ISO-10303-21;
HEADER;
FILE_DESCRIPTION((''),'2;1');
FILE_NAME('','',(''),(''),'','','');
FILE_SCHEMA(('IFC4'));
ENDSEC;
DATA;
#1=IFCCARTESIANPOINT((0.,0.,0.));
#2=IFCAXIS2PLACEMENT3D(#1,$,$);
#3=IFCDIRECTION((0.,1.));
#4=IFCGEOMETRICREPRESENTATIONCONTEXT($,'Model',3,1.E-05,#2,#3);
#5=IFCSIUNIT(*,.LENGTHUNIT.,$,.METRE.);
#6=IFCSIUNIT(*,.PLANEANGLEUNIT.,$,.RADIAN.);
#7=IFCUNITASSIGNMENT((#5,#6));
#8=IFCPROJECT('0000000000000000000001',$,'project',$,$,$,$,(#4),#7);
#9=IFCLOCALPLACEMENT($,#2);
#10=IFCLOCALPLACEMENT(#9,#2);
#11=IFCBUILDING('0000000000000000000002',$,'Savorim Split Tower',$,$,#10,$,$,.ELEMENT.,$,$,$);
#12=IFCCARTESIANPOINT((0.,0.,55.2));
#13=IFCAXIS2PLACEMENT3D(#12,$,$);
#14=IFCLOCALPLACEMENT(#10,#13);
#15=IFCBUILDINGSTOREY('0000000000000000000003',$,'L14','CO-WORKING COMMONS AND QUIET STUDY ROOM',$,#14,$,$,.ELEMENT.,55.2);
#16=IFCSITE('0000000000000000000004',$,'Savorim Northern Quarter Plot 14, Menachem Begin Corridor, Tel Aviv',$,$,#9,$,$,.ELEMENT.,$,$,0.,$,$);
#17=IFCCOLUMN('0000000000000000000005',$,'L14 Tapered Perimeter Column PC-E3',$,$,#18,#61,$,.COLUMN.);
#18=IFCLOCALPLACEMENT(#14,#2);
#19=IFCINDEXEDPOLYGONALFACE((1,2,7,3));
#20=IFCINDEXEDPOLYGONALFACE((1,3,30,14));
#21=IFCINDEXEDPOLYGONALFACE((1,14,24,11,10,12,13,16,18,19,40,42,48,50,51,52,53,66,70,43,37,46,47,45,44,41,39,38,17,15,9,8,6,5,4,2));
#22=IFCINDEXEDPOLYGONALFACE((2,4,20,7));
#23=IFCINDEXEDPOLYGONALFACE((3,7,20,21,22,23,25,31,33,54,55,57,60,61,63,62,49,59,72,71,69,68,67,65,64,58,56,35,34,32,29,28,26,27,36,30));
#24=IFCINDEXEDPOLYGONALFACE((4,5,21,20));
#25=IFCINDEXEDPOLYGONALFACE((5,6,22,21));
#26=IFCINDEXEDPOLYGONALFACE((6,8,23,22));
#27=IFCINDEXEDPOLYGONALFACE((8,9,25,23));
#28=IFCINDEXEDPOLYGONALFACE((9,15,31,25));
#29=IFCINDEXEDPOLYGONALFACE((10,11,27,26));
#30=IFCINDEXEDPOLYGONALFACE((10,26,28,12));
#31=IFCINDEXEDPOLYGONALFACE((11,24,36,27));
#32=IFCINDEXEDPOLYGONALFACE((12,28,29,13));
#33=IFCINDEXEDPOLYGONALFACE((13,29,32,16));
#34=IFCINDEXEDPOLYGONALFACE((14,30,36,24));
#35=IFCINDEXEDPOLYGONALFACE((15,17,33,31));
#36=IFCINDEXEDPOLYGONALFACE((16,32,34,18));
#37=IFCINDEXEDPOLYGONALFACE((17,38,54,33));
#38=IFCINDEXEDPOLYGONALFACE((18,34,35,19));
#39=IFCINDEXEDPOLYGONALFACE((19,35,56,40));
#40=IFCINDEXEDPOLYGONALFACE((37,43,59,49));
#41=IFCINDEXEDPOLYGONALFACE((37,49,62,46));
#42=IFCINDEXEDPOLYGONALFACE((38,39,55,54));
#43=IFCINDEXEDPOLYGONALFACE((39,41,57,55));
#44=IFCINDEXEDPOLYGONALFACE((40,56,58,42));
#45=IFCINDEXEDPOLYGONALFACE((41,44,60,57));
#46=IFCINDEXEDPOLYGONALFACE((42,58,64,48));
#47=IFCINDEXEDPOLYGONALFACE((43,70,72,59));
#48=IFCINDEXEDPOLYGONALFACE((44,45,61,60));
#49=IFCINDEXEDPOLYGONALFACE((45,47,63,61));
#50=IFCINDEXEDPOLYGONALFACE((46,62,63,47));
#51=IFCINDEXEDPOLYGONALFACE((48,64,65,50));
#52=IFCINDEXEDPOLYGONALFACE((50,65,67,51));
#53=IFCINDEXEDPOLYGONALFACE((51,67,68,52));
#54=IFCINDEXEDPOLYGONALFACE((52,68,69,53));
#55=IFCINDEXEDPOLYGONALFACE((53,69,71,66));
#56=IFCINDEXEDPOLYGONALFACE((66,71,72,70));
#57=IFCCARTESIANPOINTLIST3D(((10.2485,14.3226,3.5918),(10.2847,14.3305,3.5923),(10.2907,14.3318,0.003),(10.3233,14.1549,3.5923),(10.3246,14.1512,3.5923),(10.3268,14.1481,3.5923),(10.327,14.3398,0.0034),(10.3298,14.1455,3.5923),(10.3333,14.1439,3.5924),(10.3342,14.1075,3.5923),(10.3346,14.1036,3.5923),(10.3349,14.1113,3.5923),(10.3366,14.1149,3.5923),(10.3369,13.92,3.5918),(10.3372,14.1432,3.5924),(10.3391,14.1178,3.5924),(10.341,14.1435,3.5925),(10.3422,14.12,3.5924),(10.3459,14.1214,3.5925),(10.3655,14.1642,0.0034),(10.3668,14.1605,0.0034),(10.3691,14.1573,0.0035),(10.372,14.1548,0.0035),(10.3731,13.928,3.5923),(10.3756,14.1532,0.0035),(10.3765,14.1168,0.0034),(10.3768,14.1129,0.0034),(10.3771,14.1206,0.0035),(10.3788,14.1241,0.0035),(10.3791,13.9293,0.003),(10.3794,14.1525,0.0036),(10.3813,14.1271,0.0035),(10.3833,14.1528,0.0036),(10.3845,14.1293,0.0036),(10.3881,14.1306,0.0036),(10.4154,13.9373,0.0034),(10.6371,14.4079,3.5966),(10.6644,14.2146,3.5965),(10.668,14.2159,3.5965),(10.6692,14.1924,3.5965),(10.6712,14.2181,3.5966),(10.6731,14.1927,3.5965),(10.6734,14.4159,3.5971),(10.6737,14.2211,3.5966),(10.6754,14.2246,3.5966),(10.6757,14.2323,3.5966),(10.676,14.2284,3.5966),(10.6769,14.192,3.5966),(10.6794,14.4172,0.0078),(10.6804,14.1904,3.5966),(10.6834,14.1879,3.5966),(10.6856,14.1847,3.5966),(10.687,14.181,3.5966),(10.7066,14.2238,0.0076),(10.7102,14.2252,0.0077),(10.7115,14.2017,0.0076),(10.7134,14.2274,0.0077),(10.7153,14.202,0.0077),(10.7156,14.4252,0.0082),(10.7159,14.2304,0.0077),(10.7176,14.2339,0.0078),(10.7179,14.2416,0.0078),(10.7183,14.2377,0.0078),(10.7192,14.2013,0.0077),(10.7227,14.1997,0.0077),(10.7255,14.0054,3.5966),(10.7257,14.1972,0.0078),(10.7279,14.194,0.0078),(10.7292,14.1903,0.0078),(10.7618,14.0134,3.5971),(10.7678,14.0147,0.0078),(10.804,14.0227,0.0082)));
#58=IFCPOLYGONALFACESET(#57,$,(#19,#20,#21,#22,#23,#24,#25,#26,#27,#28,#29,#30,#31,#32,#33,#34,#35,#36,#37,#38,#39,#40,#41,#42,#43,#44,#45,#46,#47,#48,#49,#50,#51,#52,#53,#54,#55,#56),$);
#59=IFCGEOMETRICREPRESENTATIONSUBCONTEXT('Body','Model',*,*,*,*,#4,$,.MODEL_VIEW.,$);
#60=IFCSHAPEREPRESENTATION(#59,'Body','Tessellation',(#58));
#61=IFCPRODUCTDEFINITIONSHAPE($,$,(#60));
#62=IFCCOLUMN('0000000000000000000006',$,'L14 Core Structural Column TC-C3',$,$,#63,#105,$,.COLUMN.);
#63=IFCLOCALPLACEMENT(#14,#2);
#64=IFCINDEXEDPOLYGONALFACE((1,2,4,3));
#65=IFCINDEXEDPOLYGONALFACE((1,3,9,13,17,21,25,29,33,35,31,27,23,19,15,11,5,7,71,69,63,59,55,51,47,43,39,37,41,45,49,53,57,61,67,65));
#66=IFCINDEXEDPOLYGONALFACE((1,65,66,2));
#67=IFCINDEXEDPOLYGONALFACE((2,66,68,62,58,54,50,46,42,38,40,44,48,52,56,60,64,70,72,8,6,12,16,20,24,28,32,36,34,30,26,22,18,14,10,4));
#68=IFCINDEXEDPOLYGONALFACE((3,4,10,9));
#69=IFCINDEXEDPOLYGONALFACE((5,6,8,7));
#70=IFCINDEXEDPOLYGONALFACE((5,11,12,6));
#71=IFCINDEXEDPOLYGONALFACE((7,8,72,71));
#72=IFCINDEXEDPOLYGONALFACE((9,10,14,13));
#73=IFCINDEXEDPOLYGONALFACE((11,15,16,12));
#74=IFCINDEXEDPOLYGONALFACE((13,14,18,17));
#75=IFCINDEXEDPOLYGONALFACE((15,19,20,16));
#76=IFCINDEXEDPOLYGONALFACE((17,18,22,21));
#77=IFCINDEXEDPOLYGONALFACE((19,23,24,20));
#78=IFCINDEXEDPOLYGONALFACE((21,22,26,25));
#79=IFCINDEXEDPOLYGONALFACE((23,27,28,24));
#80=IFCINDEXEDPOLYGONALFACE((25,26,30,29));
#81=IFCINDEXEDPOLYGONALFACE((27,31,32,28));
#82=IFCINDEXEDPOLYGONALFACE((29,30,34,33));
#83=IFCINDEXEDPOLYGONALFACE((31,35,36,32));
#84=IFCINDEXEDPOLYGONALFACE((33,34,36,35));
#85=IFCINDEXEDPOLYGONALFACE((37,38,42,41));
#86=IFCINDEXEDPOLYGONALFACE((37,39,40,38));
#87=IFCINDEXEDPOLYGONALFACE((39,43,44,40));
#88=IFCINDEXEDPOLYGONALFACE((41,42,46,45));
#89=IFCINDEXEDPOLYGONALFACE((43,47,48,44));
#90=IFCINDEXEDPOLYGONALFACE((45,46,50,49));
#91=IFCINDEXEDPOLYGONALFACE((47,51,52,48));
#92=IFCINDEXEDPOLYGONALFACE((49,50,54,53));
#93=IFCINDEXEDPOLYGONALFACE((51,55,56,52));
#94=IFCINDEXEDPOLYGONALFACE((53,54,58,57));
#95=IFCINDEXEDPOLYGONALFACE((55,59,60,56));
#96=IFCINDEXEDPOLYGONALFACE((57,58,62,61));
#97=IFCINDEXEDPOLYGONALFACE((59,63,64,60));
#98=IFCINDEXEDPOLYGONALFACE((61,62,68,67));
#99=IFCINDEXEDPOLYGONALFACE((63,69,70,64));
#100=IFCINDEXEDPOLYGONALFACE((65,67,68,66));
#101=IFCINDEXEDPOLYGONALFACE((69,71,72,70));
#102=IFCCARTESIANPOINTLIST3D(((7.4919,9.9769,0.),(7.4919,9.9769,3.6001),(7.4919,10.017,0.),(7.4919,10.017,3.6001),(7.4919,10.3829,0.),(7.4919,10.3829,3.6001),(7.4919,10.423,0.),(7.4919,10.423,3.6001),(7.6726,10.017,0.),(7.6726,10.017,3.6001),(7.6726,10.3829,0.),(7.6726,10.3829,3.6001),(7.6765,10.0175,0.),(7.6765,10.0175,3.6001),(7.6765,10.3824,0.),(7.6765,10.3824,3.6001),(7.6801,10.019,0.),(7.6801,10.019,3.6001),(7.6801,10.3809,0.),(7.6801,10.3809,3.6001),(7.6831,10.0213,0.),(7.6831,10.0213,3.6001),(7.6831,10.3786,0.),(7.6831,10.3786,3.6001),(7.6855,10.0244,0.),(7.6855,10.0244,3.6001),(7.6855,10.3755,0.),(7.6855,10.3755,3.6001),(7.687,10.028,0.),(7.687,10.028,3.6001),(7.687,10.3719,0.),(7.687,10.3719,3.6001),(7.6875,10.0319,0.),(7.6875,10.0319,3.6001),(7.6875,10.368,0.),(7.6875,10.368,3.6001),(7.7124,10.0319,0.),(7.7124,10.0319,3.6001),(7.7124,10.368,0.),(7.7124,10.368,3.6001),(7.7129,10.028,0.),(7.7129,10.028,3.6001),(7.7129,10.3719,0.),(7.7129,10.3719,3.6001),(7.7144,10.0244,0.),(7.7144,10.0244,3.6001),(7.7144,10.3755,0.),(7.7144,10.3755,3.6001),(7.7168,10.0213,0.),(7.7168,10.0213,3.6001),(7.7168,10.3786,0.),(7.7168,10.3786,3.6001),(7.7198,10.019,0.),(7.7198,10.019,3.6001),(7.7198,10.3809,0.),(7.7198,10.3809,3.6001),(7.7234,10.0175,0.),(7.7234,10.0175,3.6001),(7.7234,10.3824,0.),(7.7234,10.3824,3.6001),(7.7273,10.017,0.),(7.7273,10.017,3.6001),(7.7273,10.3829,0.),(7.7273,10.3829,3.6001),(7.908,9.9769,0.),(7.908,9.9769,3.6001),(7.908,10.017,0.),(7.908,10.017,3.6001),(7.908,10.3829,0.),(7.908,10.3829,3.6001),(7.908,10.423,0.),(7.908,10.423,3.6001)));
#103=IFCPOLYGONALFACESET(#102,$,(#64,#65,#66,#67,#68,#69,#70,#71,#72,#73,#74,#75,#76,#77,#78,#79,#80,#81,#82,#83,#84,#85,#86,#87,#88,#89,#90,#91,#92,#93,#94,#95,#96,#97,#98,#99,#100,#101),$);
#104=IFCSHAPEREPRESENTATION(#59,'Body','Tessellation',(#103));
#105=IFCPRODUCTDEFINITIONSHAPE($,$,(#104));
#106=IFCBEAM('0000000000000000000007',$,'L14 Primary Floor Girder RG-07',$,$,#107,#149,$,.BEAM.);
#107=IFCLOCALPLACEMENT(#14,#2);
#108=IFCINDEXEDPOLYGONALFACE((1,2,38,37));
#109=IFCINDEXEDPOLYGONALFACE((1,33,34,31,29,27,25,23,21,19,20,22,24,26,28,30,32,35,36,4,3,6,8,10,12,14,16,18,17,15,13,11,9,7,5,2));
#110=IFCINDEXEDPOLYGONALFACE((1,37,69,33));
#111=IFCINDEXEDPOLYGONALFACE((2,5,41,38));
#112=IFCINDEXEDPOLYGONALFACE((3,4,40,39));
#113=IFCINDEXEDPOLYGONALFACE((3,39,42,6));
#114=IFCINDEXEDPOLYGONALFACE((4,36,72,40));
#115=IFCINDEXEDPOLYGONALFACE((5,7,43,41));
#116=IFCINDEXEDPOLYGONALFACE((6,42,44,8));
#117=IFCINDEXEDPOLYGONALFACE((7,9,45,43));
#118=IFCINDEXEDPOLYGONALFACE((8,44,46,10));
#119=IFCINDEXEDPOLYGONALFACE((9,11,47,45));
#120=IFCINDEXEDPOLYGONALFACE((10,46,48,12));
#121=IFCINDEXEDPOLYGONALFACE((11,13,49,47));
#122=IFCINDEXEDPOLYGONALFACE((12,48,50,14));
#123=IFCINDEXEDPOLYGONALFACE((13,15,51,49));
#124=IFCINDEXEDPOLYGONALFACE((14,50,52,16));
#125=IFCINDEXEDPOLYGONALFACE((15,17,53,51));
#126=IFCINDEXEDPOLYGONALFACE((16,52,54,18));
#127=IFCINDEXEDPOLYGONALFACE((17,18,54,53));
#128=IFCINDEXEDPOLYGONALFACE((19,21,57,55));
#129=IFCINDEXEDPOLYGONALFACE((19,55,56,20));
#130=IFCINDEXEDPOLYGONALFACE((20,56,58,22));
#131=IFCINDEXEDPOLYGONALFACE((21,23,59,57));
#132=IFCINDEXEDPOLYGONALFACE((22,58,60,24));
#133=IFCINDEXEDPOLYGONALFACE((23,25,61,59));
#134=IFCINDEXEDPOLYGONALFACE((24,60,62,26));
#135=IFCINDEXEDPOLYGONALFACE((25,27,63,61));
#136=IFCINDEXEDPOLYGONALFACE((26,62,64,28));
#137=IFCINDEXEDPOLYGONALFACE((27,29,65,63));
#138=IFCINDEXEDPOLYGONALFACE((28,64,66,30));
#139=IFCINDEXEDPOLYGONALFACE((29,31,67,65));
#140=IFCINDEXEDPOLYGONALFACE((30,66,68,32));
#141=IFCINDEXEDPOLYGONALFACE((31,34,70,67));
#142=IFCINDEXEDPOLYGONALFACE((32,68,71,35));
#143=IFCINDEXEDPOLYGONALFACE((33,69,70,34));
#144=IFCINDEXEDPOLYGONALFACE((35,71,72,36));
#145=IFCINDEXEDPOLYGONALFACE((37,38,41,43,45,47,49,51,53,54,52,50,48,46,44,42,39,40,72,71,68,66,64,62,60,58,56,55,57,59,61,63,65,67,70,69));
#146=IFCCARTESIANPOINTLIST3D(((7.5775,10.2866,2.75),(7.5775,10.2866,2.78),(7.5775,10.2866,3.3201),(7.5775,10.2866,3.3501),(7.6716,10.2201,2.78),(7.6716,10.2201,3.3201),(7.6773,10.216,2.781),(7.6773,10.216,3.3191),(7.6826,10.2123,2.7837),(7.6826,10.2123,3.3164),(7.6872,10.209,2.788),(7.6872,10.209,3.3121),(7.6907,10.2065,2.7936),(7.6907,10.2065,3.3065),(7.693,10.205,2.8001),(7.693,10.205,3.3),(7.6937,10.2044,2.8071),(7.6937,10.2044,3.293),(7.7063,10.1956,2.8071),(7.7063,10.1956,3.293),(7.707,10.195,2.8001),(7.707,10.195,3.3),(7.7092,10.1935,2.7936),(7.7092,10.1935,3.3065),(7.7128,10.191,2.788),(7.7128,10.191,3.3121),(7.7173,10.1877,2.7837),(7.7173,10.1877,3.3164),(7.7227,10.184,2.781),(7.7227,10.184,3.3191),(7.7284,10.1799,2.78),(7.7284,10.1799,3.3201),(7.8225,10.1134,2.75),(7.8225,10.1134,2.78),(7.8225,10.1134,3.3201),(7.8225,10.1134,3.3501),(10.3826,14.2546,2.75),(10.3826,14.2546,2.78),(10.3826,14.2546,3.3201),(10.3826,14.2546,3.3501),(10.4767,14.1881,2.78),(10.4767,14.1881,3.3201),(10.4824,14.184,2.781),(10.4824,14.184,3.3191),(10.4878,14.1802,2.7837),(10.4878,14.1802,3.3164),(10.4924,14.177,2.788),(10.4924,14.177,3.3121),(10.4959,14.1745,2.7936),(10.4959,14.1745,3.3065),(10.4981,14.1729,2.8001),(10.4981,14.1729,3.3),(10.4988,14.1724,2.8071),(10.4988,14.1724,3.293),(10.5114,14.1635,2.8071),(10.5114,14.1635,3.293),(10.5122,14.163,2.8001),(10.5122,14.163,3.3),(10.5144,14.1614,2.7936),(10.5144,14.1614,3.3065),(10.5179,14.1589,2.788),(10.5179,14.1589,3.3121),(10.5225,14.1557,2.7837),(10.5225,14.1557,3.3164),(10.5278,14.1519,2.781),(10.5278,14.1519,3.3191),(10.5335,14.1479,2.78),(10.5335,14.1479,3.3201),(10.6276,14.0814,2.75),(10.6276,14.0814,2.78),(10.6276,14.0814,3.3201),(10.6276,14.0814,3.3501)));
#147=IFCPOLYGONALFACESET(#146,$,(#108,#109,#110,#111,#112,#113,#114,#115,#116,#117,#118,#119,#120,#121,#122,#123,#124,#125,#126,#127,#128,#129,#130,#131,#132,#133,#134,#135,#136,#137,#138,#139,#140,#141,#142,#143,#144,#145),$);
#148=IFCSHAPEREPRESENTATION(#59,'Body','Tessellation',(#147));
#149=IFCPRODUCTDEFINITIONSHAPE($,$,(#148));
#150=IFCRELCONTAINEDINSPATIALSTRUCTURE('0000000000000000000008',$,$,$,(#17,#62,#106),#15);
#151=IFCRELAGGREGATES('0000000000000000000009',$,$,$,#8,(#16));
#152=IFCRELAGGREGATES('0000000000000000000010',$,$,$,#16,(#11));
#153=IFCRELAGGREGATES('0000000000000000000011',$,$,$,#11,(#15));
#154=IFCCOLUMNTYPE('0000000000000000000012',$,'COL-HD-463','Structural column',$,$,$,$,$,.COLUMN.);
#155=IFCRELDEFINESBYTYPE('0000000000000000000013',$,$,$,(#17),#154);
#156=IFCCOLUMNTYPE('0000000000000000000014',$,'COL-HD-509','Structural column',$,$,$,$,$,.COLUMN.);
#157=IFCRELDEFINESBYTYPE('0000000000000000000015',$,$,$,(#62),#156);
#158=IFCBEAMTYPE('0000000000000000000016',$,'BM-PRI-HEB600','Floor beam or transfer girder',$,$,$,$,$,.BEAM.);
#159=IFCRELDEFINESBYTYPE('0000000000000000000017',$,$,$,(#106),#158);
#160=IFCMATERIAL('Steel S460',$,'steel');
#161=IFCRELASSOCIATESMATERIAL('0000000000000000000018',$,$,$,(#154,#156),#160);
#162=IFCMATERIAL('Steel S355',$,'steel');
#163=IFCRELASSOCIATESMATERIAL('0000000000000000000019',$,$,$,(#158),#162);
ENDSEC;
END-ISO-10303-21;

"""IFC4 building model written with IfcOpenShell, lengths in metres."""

from ifc_helpers import new_model, si_unit, direction, frame, origin, origin_2d, place, context, subcontext, project, spatial, i_section, extrude, material, material_profile, profile_set, type_object, element, save


model = new_model("IFC4")

# Units and contexts
model_context = context("Model", 3, precision=1e-05, world=origin(), true_north=direction((0.0, 1.0)))
body_context = subcontext(model_context, "Body", "Model", "MODEL_VIEW")
ifc_project = project(units=[si_unit("LENGTHUNIT", "METRE"), si_unit("PLANEANGLEUNIT", "RADIAN")], contexts=[model_context])

# Site, building, storey
site_placement = place(None, origin())
site = spatial("IfcSite", under=ifc_project, at=site_placement, Name="Savorim Northern Quarter Plot 14, Menachem Begin Corridor, Tel Aviv", CompositionType="ELEMENT", RefElevation=0.0)
building_placement = place(site_placement, origin())
building = spatial("IfcBuilding", under=site, at=building_placement, Name="Savorim Split Tower", CompositionType="ELEMENT")
storey_placement = place(building_placement, frame((0.0, 0.0, 55.2)))
storey = spatial("IfcBuildingStorey", under=building, at=storey_placement, Name="L14", Description="CO-WORKING COMMONS AND QUIET STUDY ROOM", CompositionType="ELEMENT", Elevation=55.2)

# Columns
ifc_material_1 = material(Name="Steel S460", Category="steel")
ifc_material_profile_1 = material_profile(ifc_material_1, i_section(OverallWidth=0.4121, OverallDepth=0.4351, WebThickness=0.0227, FlangeThickness=0.0371, FilletRadius=0.0149, at=origin_2d()), Name="HD 400x463")
ifc_profile_set_1 = profile_set([ifc_material_profile_1], Name="Steel S460")
column_type_1 = type_object("IfcColumnType", Name="COL-HD-463", Description="Structural column", PredefinedType="COLUMN", material=ifc_profile_set_1)
column_1_placement = place(storey_placement, frame((10.5474, 14.1772, 0.0056), z_axis=(-0.011768, -0.002585, 0.999927), x_axis=(0.214539, -0.976715, 0.0)))
element("IfcColumn", 1, at=column_1_placement, inside=storey, type_object=column_type_1, Name="L14 Tapered Perimeter Column PC-E3", PredefinedType="COLUMN", context=body_context, shape_type="SweptSolid", body=[
    extrude(i_section(OverallWidth=0.4121, OverallDepth=0.4351, WebThickness=0.0227, FlangeThickness=0.0371, FilletRadius=0.0149, at=origin_2d()), origin(), (0.0, 0.0, 1.0), 3.5891),
])
ifc_material_profile_2 = material_profile(ifc_material_1, i_section(OverallWidth=0.416, OverallDepth=0.446, WebThickness=0.0249, FlangeThickness=0.04, FilletRadius=0.0149, at=origin_2d()), Name="HD 400x509")
ifc_profile_set_2 = profile_set([ifc_material_profile_2], Name="Steel S460")
column_type_2 = type_object("IfcColumnType", Name="COL-HD-509", Description="Structural column", PredefinedType="COLUMN", material=ifc_profile_set_2)
column_2_placement = place(storey_placement, frame((7.7, 10.2, 0.0), z_axis=(0.0, 0.0, 1.0), x_axis=(1.0, 0.0, 0.0)))
element("IfcColumn", 2, at=column_2_placement, inside=storey, type_object=column_type_2, Name="L14 Core Structural Column TC-C3", PredefinedType="COLUMN", context=body_context, shape_type="SweptSolid", body=[
    extrude(i_section(OverallWidth=0.416, OverallDepth=0.446, WebThickness=0.0249, FlangeThickness=0.04, FilletRadius=0.0149, at=origin_2d()), origin(), (0.0, 0.0, 1.0), 3.6001),
])

# Beam
ifc_material_2 = material(Name="Steel S355", Category="steel")
ifc_material_profile_3 = material_profile(ifc_material_2, i_section(OverallWidth=0.3, OverallDepth=0.6001, WebThickness=0.0154, FlangeThickness=0.03, FilletRadius=0.0271, at=origin_2d()), Name="HEB 600")
ifc_profile_set_3 = profile_set([ifc_material_profile_3], Name="Steel S355")
beam_type_1 = type_object("IfcBeamType", Name="BM-PRI-HEB600", Description="Floor beam or transfer girder", PredefinedType="BEAM", material=ifc_profile_set_3)
beam_1_placement = place(storey_placement, frame((10.5051, 14.168, 3.05), z_axis=(-0.577263, -0.816558, 0.0), x_axis=(0.816558, -0.577263, 0.0)))
element("IfcBeam", 3, at=beam_1_placement, inside=storey, type_object=beam_type_1, Name="L14 Primary Floor Girder RG-07", PredefinedType="BEAM", context=body_context, shape_type="SweptSolid", body=[
    extrude(i_section(OverallWidth=0.3, OverallDepth=0.6001, WebThickness=0.0154, FlangeThickness=0.03, FilletRadius=0.0271, at=origin_2d()), origin(), (0.0, 0.0, 1.0), 4.8594),
])

save(model, "model.ifc")
